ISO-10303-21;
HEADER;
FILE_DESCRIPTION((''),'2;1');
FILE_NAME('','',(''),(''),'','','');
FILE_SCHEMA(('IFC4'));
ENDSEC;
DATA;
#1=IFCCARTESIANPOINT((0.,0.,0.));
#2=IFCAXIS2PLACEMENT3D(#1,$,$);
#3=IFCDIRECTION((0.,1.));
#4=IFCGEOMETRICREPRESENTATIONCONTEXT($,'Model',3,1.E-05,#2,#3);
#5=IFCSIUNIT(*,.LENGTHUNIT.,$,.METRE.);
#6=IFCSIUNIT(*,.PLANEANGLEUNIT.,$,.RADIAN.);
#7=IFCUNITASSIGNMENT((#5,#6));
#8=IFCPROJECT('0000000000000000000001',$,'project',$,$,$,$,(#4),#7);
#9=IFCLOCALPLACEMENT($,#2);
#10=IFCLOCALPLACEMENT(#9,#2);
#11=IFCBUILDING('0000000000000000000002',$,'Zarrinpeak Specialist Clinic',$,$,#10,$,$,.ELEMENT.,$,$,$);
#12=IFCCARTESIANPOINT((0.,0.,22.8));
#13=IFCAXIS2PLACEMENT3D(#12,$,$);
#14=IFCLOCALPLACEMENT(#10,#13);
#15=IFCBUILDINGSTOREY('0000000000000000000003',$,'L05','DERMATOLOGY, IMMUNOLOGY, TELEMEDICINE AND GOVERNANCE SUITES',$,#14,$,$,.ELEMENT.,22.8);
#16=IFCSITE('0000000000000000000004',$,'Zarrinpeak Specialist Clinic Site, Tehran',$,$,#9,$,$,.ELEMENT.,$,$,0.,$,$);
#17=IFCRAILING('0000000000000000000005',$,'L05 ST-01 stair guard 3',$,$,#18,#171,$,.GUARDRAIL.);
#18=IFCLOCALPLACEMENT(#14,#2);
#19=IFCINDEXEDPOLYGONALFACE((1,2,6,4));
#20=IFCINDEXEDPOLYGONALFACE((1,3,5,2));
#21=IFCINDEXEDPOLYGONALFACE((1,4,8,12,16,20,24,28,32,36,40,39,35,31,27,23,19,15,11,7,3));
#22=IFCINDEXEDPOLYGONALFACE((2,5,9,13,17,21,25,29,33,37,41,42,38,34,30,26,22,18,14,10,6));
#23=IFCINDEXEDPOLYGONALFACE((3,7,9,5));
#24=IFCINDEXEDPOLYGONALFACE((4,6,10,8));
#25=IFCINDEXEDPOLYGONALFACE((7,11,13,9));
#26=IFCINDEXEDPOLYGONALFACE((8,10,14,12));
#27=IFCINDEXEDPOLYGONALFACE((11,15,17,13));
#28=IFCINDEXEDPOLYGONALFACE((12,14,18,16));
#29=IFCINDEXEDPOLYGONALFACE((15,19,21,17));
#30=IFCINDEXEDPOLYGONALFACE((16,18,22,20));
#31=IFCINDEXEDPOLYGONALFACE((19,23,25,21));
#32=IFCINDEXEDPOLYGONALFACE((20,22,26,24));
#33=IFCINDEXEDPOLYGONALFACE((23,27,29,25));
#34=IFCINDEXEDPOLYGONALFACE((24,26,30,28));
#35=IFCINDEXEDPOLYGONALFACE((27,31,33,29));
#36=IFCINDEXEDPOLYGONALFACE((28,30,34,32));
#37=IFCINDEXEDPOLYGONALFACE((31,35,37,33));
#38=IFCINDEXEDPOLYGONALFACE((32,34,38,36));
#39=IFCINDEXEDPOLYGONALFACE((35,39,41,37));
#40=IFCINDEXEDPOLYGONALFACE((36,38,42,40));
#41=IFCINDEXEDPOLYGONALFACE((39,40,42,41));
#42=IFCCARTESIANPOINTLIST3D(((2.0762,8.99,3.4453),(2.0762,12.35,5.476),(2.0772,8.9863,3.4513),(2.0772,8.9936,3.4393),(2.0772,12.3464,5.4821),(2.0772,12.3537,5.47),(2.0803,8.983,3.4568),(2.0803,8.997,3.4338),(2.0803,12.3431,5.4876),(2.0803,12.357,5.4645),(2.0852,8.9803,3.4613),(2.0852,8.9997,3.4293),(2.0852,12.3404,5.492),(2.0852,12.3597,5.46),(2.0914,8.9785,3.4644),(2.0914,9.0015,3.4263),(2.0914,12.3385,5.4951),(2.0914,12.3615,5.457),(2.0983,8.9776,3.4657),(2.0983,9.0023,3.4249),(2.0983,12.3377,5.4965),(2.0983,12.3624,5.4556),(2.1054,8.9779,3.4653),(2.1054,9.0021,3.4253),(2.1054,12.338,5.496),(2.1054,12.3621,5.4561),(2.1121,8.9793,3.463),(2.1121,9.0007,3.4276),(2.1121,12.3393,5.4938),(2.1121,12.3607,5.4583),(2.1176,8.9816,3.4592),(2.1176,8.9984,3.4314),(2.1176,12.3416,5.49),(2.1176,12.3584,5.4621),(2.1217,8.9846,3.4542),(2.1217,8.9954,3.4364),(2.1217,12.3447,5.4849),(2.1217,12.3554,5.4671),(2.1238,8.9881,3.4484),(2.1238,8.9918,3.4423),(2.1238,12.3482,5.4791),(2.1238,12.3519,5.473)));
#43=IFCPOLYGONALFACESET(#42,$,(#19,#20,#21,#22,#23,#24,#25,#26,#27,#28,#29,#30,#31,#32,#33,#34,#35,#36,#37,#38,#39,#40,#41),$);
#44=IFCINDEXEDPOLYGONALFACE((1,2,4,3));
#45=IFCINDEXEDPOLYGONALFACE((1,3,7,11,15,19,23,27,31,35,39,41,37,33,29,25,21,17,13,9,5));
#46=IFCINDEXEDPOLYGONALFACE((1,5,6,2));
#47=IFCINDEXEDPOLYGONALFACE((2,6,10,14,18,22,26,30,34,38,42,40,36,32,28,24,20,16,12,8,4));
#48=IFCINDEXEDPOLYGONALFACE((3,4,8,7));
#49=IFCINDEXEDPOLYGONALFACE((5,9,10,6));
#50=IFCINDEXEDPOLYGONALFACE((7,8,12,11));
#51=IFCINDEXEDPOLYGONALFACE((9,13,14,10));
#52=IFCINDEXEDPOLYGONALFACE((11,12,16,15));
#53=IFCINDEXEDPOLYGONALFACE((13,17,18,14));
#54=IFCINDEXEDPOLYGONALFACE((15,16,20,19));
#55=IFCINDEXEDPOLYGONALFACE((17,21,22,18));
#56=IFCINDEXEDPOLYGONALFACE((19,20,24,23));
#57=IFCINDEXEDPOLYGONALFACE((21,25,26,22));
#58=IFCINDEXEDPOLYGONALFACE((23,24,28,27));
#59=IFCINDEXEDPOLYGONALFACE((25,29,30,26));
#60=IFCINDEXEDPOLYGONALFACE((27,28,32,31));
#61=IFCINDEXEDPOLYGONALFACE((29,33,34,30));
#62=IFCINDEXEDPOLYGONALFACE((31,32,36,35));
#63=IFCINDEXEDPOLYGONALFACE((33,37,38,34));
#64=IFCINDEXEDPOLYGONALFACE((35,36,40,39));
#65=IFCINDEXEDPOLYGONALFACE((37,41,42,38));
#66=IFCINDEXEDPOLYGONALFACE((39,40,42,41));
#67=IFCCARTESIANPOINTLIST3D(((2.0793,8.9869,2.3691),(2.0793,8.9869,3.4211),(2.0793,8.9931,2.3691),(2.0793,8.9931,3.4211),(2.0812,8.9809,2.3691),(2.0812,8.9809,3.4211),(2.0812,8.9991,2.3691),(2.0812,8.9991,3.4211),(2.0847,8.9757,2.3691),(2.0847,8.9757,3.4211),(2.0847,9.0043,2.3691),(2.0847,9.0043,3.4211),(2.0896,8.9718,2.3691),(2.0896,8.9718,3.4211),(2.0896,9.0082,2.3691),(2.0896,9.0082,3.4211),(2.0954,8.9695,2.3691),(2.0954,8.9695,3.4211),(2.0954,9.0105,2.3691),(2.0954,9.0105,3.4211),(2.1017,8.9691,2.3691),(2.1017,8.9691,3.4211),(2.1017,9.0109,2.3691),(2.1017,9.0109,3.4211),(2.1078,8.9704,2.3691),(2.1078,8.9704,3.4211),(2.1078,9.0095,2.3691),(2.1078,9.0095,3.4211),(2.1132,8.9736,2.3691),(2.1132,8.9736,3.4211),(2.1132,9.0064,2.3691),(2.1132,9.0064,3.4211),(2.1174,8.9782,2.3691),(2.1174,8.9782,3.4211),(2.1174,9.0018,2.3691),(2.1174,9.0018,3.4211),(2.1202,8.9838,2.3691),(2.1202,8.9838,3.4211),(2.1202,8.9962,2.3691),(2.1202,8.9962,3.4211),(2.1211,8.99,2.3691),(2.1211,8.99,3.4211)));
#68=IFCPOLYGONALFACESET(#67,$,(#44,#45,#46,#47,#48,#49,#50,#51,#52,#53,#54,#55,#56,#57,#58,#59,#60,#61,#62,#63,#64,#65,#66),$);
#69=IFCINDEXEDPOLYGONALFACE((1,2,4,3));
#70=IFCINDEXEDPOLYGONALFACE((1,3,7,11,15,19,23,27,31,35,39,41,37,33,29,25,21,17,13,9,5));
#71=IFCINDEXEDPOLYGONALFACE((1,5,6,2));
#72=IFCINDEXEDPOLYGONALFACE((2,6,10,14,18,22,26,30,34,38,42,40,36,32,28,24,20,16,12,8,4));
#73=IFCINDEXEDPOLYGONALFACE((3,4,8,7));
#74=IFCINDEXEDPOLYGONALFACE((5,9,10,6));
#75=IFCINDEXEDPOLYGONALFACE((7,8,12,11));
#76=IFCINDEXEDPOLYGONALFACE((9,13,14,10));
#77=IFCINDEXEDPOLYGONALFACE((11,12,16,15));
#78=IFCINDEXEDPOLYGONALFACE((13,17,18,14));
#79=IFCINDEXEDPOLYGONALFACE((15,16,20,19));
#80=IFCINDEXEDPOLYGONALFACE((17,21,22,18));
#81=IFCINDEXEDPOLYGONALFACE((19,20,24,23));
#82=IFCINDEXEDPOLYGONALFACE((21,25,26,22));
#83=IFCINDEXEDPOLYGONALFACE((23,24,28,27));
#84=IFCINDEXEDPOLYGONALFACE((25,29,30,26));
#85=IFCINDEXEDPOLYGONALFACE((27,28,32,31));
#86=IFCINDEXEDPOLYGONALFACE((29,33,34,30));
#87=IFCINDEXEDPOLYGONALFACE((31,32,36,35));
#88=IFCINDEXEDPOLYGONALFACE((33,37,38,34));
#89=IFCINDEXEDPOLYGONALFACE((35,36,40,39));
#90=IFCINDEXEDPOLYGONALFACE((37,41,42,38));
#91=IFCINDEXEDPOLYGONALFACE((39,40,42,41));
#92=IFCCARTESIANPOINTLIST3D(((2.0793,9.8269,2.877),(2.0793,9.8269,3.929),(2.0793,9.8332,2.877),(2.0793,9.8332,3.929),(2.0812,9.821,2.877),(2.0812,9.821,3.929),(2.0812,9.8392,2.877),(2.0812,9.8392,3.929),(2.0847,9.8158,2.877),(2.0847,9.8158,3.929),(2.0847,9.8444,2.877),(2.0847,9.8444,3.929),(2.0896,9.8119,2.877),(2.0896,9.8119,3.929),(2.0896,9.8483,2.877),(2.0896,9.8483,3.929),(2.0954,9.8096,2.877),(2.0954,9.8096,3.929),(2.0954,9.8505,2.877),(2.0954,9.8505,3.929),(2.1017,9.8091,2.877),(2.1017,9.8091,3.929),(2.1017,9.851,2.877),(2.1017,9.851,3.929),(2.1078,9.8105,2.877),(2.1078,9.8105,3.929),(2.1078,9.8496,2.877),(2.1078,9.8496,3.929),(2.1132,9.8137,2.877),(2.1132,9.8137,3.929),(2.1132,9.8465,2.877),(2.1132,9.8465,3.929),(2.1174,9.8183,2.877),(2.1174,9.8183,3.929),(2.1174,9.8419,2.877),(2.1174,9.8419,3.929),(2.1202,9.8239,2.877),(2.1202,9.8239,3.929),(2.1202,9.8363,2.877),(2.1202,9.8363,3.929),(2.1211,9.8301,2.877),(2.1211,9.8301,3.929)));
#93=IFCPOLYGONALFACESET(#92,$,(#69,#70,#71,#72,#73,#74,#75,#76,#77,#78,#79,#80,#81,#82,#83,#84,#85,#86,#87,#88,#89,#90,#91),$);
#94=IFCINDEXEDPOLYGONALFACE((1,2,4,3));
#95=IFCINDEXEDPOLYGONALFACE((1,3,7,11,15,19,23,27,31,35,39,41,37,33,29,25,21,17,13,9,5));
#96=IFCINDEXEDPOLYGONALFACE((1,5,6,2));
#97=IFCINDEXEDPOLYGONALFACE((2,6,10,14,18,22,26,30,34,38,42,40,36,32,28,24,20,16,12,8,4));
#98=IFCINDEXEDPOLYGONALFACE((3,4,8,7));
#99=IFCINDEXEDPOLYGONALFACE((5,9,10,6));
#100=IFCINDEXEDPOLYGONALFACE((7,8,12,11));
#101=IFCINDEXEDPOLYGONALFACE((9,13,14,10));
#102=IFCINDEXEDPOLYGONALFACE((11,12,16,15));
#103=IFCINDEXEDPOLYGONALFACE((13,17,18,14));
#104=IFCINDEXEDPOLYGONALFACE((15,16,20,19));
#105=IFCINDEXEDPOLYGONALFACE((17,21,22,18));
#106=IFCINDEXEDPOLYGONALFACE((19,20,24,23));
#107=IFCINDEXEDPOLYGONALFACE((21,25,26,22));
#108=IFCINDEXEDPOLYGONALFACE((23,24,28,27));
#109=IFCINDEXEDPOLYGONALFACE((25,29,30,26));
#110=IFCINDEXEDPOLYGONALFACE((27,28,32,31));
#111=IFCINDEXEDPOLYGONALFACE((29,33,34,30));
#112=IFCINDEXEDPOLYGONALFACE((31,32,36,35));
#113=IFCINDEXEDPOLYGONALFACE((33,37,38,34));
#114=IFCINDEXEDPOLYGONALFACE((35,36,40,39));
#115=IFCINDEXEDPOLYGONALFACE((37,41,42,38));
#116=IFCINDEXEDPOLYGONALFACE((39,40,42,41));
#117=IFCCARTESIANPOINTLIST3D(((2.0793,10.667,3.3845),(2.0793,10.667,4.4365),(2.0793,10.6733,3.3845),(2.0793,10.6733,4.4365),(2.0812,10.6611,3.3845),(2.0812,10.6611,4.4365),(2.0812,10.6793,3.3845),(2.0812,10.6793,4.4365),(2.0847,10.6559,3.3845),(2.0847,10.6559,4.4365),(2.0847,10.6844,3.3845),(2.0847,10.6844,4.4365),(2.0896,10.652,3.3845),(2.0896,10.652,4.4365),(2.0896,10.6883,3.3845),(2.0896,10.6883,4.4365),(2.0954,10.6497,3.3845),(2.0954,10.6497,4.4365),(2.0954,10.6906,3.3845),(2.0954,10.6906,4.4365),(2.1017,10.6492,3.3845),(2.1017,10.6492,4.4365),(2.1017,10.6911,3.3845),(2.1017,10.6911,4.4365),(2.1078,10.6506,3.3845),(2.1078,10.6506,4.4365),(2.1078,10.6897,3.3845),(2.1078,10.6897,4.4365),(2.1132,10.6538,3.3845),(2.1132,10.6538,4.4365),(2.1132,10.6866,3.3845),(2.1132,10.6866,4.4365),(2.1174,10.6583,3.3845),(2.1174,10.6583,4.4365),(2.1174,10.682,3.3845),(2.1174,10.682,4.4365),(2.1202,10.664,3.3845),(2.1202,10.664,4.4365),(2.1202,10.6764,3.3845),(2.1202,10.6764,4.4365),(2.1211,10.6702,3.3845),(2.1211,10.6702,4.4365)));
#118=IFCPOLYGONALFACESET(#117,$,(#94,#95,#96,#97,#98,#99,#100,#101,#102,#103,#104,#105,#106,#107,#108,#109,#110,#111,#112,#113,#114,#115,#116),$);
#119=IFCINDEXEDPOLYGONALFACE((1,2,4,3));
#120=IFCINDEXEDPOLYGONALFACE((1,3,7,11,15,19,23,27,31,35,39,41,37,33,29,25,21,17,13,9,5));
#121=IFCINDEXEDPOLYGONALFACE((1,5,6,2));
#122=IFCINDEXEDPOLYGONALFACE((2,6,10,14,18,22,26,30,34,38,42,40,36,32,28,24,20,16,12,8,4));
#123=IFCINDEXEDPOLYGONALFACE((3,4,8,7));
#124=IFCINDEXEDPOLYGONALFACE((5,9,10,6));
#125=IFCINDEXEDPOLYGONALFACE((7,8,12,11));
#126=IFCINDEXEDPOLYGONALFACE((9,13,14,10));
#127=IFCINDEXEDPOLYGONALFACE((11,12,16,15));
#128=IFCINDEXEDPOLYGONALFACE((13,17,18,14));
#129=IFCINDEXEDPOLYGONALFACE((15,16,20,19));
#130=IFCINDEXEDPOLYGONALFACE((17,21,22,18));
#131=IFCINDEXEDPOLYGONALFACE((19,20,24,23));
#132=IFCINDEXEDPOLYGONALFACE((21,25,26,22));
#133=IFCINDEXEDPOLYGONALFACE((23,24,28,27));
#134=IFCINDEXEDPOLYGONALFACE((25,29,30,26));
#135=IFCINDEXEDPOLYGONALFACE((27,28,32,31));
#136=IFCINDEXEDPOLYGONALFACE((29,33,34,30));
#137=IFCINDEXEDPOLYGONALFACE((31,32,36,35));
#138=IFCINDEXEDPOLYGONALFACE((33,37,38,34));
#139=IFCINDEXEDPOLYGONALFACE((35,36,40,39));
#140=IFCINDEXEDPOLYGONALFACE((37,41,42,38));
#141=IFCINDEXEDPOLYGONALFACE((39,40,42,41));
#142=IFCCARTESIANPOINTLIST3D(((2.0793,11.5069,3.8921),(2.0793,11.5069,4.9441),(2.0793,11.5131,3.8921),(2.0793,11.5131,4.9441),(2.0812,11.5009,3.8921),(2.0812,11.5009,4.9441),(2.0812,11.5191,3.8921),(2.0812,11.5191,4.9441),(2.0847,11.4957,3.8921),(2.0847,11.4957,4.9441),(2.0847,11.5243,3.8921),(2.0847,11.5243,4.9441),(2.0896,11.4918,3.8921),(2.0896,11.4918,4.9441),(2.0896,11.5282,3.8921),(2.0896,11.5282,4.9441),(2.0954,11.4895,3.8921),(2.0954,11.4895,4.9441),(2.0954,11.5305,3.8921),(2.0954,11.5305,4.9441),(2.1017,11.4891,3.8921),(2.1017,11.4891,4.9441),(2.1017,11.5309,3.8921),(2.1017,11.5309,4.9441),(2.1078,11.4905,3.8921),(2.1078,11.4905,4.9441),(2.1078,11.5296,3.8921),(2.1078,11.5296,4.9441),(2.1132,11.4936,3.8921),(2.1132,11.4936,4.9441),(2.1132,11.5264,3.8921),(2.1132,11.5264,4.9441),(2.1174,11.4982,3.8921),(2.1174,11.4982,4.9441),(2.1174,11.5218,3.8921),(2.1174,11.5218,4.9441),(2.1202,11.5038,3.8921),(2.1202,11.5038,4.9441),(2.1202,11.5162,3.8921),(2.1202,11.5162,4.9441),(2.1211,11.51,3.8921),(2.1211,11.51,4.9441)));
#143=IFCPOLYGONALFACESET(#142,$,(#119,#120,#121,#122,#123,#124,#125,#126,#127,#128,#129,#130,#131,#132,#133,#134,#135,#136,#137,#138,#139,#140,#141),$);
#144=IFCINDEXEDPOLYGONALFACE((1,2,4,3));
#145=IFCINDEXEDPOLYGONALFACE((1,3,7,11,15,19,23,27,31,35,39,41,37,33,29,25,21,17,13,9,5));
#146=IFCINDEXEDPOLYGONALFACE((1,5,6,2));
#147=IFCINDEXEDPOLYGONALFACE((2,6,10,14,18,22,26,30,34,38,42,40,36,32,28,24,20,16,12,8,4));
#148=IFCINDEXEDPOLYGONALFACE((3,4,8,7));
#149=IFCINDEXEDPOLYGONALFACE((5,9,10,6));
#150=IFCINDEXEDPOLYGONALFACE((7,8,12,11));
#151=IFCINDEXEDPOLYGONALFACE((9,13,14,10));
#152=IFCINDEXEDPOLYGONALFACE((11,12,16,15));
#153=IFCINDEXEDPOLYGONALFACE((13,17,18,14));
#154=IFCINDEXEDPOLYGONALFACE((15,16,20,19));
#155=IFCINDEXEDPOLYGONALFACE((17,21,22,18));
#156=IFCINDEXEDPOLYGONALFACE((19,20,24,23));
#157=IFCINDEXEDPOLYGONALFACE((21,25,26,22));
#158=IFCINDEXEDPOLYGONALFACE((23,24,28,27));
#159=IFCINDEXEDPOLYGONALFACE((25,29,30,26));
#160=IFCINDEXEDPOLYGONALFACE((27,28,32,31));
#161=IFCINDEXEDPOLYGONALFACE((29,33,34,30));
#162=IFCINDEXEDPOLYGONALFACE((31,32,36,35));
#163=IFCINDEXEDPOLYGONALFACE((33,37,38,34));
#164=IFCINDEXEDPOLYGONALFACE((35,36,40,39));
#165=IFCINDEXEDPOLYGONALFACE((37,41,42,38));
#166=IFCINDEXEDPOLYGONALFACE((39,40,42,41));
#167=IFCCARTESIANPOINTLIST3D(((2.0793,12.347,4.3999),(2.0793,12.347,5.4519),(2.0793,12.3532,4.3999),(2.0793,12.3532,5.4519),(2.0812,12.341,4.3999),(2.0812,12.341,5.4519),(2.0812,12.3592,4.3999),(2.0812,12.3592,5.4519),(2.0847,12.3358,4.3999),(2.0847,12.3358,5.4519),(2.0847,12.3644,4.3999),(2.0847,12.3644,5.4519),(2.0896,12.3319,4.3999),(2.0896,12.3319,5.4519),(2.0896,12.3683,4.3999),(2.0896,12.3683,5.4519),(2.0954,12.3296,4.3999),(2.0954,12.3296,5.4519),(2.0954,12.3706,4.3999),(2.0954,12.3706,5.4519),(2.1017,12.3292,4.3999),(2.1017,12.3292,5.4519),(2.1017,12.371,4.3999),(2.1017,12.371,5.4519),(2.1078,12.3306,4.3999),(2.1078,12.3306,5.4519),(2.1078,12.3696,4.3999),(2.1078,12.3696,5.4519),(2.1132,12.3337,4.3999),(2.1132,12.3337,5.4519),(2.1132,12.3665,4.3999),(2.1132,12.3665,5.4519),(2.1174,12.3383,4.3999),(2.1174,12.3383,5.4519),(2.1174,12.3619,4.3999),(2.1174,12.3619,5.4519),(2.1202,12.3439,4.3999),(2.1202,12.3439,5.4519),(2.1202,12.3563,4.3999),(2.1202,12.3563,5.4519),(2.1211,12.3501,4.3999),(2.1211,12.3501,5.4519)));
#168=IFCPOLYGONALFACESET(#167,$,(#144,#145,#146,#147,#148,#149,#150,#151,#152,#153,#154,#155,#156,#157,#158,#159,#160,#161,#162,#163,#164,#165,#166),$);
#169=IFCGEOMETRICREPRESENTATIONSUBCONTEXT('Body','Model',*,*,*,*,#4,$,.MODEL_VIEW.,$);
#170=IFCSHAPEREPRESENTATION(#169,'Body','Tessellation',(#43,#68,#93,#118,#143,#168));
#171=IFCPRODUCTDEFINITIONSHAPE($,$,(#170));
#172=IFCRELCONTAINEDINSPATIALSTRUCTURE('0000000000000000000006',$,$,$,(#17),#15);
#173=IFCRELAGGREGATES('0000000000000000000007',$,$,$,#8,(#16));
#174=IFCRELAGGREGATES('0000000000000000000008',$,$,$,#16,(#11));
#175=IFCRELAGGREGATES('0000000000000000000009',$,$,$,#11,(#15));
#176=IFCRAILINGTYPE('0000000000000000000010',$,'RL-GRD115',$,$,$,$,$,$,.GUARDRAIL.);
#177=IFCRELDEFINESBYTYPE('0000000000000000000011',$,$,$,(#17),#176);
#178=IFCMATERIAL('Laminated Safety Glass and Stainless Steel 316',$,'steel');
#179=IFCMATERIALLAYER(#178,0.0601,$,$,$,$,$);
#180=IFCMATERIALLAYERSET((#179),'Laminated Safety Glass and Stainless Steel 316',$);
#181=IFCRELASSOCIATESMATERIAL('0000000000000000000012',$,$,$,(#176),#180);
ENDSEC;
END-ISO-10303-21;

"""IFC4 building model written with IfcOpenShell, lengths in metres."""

from ifc_helpers import new_model, si_unit, direction, frame, origin, origin_2d, place, context, subcontext, project, spatial, circle, extrude, material, layer, layer_set, type_object, element, save


model = new_model("IFC4")

# Units and contexts
model_context = context("Model", 3, precision=1e-05, world=origin(), true_north=direction((0.0, 1.0)))
body_context = subcontext(model_context, "Body", "Model", "MODEL_VIEW")
ifc_project = project(units=[si_unit("LENGTHUNIT", "METRE"), si_unit("PLANEANGLEUNIT", "RADIAN")], contexts=[model_context])

# Site, building, storey
site_placement = place(None, origin())
site = spatial("IfcSite", under=ifc_project, at=site_placement, Name="Zarrinpeak Specialist Clinic Site, Tehran", CompositionType="ELEMENT", RefElevation=0.0)
building_placement = place(site_placement, origin())
building = spatial("IfcBuilding", under=site, at=building_placement, Name="Zarrinpeak Specialist Clinic", CompositionType="ELEMENT")
storey_placement = place(building_placement, frame((0.0, 0.0, 22.8)))
storey = spatial("IfcBuildingStorey", under=building, at=storey_placement, Name="L05", Description="DERMATOLOGY, IMMUNOLOGY, TELEMEDICINE AND GOVERNANCE SUITES", CompositionType="ELEMENT", Elevation=22.8)

# Railing
ifc_material_1 = material(Name="Laminated Safety Glass and Stainless Steel 316", Category="steel")
ifc_layer_1 = layer(ifc_material_1, 0.0601)
ifc_layer_set_1 = layer_set([ifc_layer_1], Name="Laminated Safety Glass and Stainless Steel 316")
railing_type_1 = type_object("IfcRailingType", Name="RL-GRD115", PredefinedType="GUARDRAIL", material=ifc_layer_set_1)
railing_1_placement = place(storey_placement, frame((2.1001, 8.99, 2.3691)))
element("IfcRailing", 1, at=railing_1_placement, inside=storey, type_object=railing_type_1, Name="L05 ST-01 stair guard 3", PredefinedType="GUARDRAIL", context=body_context, shape_type="SweptSolid", body=[
    extrude(circle(Radius=0.0239, at=origin_2d()), frame((0.0, 0.0, 1.0762), z_axis=(0.0, 0.855837, 0.517246), x_axis=(-1.0, 0.0, 0.0)), (0.0, 0.0, 1.0), 3.926),
    extrude(circle(Radius=0.021, at=origin_2d()), origin(), (0.0, 0.0, 1.0), 1.052),
    extrude(circle(Radius=0.021, at=origin_2d()), frame((0.0, 0.8401, 0.5078)), (0.0, 0.0, 1.0), 1.052),
    extrude(circle(Radius=0.021, at=origin_2d()), frame((0.0, 1.6802, 1.0154)), (0.0, 0.0, 1.0), 1.052),
    extrude(circle(Radius=0.021, at=origin_2d()), frame((0.0, 2.52, 1.5229)), (0.0, 0.0, 1.0), 1.052),
    extrude(circle(Radius=0.021, at=origin_2d()), frame((0.0, 3.3601, 2.0308)), (0.0, 0.0, 1.0), 1.052),
])

save(model, "model.ifc")
